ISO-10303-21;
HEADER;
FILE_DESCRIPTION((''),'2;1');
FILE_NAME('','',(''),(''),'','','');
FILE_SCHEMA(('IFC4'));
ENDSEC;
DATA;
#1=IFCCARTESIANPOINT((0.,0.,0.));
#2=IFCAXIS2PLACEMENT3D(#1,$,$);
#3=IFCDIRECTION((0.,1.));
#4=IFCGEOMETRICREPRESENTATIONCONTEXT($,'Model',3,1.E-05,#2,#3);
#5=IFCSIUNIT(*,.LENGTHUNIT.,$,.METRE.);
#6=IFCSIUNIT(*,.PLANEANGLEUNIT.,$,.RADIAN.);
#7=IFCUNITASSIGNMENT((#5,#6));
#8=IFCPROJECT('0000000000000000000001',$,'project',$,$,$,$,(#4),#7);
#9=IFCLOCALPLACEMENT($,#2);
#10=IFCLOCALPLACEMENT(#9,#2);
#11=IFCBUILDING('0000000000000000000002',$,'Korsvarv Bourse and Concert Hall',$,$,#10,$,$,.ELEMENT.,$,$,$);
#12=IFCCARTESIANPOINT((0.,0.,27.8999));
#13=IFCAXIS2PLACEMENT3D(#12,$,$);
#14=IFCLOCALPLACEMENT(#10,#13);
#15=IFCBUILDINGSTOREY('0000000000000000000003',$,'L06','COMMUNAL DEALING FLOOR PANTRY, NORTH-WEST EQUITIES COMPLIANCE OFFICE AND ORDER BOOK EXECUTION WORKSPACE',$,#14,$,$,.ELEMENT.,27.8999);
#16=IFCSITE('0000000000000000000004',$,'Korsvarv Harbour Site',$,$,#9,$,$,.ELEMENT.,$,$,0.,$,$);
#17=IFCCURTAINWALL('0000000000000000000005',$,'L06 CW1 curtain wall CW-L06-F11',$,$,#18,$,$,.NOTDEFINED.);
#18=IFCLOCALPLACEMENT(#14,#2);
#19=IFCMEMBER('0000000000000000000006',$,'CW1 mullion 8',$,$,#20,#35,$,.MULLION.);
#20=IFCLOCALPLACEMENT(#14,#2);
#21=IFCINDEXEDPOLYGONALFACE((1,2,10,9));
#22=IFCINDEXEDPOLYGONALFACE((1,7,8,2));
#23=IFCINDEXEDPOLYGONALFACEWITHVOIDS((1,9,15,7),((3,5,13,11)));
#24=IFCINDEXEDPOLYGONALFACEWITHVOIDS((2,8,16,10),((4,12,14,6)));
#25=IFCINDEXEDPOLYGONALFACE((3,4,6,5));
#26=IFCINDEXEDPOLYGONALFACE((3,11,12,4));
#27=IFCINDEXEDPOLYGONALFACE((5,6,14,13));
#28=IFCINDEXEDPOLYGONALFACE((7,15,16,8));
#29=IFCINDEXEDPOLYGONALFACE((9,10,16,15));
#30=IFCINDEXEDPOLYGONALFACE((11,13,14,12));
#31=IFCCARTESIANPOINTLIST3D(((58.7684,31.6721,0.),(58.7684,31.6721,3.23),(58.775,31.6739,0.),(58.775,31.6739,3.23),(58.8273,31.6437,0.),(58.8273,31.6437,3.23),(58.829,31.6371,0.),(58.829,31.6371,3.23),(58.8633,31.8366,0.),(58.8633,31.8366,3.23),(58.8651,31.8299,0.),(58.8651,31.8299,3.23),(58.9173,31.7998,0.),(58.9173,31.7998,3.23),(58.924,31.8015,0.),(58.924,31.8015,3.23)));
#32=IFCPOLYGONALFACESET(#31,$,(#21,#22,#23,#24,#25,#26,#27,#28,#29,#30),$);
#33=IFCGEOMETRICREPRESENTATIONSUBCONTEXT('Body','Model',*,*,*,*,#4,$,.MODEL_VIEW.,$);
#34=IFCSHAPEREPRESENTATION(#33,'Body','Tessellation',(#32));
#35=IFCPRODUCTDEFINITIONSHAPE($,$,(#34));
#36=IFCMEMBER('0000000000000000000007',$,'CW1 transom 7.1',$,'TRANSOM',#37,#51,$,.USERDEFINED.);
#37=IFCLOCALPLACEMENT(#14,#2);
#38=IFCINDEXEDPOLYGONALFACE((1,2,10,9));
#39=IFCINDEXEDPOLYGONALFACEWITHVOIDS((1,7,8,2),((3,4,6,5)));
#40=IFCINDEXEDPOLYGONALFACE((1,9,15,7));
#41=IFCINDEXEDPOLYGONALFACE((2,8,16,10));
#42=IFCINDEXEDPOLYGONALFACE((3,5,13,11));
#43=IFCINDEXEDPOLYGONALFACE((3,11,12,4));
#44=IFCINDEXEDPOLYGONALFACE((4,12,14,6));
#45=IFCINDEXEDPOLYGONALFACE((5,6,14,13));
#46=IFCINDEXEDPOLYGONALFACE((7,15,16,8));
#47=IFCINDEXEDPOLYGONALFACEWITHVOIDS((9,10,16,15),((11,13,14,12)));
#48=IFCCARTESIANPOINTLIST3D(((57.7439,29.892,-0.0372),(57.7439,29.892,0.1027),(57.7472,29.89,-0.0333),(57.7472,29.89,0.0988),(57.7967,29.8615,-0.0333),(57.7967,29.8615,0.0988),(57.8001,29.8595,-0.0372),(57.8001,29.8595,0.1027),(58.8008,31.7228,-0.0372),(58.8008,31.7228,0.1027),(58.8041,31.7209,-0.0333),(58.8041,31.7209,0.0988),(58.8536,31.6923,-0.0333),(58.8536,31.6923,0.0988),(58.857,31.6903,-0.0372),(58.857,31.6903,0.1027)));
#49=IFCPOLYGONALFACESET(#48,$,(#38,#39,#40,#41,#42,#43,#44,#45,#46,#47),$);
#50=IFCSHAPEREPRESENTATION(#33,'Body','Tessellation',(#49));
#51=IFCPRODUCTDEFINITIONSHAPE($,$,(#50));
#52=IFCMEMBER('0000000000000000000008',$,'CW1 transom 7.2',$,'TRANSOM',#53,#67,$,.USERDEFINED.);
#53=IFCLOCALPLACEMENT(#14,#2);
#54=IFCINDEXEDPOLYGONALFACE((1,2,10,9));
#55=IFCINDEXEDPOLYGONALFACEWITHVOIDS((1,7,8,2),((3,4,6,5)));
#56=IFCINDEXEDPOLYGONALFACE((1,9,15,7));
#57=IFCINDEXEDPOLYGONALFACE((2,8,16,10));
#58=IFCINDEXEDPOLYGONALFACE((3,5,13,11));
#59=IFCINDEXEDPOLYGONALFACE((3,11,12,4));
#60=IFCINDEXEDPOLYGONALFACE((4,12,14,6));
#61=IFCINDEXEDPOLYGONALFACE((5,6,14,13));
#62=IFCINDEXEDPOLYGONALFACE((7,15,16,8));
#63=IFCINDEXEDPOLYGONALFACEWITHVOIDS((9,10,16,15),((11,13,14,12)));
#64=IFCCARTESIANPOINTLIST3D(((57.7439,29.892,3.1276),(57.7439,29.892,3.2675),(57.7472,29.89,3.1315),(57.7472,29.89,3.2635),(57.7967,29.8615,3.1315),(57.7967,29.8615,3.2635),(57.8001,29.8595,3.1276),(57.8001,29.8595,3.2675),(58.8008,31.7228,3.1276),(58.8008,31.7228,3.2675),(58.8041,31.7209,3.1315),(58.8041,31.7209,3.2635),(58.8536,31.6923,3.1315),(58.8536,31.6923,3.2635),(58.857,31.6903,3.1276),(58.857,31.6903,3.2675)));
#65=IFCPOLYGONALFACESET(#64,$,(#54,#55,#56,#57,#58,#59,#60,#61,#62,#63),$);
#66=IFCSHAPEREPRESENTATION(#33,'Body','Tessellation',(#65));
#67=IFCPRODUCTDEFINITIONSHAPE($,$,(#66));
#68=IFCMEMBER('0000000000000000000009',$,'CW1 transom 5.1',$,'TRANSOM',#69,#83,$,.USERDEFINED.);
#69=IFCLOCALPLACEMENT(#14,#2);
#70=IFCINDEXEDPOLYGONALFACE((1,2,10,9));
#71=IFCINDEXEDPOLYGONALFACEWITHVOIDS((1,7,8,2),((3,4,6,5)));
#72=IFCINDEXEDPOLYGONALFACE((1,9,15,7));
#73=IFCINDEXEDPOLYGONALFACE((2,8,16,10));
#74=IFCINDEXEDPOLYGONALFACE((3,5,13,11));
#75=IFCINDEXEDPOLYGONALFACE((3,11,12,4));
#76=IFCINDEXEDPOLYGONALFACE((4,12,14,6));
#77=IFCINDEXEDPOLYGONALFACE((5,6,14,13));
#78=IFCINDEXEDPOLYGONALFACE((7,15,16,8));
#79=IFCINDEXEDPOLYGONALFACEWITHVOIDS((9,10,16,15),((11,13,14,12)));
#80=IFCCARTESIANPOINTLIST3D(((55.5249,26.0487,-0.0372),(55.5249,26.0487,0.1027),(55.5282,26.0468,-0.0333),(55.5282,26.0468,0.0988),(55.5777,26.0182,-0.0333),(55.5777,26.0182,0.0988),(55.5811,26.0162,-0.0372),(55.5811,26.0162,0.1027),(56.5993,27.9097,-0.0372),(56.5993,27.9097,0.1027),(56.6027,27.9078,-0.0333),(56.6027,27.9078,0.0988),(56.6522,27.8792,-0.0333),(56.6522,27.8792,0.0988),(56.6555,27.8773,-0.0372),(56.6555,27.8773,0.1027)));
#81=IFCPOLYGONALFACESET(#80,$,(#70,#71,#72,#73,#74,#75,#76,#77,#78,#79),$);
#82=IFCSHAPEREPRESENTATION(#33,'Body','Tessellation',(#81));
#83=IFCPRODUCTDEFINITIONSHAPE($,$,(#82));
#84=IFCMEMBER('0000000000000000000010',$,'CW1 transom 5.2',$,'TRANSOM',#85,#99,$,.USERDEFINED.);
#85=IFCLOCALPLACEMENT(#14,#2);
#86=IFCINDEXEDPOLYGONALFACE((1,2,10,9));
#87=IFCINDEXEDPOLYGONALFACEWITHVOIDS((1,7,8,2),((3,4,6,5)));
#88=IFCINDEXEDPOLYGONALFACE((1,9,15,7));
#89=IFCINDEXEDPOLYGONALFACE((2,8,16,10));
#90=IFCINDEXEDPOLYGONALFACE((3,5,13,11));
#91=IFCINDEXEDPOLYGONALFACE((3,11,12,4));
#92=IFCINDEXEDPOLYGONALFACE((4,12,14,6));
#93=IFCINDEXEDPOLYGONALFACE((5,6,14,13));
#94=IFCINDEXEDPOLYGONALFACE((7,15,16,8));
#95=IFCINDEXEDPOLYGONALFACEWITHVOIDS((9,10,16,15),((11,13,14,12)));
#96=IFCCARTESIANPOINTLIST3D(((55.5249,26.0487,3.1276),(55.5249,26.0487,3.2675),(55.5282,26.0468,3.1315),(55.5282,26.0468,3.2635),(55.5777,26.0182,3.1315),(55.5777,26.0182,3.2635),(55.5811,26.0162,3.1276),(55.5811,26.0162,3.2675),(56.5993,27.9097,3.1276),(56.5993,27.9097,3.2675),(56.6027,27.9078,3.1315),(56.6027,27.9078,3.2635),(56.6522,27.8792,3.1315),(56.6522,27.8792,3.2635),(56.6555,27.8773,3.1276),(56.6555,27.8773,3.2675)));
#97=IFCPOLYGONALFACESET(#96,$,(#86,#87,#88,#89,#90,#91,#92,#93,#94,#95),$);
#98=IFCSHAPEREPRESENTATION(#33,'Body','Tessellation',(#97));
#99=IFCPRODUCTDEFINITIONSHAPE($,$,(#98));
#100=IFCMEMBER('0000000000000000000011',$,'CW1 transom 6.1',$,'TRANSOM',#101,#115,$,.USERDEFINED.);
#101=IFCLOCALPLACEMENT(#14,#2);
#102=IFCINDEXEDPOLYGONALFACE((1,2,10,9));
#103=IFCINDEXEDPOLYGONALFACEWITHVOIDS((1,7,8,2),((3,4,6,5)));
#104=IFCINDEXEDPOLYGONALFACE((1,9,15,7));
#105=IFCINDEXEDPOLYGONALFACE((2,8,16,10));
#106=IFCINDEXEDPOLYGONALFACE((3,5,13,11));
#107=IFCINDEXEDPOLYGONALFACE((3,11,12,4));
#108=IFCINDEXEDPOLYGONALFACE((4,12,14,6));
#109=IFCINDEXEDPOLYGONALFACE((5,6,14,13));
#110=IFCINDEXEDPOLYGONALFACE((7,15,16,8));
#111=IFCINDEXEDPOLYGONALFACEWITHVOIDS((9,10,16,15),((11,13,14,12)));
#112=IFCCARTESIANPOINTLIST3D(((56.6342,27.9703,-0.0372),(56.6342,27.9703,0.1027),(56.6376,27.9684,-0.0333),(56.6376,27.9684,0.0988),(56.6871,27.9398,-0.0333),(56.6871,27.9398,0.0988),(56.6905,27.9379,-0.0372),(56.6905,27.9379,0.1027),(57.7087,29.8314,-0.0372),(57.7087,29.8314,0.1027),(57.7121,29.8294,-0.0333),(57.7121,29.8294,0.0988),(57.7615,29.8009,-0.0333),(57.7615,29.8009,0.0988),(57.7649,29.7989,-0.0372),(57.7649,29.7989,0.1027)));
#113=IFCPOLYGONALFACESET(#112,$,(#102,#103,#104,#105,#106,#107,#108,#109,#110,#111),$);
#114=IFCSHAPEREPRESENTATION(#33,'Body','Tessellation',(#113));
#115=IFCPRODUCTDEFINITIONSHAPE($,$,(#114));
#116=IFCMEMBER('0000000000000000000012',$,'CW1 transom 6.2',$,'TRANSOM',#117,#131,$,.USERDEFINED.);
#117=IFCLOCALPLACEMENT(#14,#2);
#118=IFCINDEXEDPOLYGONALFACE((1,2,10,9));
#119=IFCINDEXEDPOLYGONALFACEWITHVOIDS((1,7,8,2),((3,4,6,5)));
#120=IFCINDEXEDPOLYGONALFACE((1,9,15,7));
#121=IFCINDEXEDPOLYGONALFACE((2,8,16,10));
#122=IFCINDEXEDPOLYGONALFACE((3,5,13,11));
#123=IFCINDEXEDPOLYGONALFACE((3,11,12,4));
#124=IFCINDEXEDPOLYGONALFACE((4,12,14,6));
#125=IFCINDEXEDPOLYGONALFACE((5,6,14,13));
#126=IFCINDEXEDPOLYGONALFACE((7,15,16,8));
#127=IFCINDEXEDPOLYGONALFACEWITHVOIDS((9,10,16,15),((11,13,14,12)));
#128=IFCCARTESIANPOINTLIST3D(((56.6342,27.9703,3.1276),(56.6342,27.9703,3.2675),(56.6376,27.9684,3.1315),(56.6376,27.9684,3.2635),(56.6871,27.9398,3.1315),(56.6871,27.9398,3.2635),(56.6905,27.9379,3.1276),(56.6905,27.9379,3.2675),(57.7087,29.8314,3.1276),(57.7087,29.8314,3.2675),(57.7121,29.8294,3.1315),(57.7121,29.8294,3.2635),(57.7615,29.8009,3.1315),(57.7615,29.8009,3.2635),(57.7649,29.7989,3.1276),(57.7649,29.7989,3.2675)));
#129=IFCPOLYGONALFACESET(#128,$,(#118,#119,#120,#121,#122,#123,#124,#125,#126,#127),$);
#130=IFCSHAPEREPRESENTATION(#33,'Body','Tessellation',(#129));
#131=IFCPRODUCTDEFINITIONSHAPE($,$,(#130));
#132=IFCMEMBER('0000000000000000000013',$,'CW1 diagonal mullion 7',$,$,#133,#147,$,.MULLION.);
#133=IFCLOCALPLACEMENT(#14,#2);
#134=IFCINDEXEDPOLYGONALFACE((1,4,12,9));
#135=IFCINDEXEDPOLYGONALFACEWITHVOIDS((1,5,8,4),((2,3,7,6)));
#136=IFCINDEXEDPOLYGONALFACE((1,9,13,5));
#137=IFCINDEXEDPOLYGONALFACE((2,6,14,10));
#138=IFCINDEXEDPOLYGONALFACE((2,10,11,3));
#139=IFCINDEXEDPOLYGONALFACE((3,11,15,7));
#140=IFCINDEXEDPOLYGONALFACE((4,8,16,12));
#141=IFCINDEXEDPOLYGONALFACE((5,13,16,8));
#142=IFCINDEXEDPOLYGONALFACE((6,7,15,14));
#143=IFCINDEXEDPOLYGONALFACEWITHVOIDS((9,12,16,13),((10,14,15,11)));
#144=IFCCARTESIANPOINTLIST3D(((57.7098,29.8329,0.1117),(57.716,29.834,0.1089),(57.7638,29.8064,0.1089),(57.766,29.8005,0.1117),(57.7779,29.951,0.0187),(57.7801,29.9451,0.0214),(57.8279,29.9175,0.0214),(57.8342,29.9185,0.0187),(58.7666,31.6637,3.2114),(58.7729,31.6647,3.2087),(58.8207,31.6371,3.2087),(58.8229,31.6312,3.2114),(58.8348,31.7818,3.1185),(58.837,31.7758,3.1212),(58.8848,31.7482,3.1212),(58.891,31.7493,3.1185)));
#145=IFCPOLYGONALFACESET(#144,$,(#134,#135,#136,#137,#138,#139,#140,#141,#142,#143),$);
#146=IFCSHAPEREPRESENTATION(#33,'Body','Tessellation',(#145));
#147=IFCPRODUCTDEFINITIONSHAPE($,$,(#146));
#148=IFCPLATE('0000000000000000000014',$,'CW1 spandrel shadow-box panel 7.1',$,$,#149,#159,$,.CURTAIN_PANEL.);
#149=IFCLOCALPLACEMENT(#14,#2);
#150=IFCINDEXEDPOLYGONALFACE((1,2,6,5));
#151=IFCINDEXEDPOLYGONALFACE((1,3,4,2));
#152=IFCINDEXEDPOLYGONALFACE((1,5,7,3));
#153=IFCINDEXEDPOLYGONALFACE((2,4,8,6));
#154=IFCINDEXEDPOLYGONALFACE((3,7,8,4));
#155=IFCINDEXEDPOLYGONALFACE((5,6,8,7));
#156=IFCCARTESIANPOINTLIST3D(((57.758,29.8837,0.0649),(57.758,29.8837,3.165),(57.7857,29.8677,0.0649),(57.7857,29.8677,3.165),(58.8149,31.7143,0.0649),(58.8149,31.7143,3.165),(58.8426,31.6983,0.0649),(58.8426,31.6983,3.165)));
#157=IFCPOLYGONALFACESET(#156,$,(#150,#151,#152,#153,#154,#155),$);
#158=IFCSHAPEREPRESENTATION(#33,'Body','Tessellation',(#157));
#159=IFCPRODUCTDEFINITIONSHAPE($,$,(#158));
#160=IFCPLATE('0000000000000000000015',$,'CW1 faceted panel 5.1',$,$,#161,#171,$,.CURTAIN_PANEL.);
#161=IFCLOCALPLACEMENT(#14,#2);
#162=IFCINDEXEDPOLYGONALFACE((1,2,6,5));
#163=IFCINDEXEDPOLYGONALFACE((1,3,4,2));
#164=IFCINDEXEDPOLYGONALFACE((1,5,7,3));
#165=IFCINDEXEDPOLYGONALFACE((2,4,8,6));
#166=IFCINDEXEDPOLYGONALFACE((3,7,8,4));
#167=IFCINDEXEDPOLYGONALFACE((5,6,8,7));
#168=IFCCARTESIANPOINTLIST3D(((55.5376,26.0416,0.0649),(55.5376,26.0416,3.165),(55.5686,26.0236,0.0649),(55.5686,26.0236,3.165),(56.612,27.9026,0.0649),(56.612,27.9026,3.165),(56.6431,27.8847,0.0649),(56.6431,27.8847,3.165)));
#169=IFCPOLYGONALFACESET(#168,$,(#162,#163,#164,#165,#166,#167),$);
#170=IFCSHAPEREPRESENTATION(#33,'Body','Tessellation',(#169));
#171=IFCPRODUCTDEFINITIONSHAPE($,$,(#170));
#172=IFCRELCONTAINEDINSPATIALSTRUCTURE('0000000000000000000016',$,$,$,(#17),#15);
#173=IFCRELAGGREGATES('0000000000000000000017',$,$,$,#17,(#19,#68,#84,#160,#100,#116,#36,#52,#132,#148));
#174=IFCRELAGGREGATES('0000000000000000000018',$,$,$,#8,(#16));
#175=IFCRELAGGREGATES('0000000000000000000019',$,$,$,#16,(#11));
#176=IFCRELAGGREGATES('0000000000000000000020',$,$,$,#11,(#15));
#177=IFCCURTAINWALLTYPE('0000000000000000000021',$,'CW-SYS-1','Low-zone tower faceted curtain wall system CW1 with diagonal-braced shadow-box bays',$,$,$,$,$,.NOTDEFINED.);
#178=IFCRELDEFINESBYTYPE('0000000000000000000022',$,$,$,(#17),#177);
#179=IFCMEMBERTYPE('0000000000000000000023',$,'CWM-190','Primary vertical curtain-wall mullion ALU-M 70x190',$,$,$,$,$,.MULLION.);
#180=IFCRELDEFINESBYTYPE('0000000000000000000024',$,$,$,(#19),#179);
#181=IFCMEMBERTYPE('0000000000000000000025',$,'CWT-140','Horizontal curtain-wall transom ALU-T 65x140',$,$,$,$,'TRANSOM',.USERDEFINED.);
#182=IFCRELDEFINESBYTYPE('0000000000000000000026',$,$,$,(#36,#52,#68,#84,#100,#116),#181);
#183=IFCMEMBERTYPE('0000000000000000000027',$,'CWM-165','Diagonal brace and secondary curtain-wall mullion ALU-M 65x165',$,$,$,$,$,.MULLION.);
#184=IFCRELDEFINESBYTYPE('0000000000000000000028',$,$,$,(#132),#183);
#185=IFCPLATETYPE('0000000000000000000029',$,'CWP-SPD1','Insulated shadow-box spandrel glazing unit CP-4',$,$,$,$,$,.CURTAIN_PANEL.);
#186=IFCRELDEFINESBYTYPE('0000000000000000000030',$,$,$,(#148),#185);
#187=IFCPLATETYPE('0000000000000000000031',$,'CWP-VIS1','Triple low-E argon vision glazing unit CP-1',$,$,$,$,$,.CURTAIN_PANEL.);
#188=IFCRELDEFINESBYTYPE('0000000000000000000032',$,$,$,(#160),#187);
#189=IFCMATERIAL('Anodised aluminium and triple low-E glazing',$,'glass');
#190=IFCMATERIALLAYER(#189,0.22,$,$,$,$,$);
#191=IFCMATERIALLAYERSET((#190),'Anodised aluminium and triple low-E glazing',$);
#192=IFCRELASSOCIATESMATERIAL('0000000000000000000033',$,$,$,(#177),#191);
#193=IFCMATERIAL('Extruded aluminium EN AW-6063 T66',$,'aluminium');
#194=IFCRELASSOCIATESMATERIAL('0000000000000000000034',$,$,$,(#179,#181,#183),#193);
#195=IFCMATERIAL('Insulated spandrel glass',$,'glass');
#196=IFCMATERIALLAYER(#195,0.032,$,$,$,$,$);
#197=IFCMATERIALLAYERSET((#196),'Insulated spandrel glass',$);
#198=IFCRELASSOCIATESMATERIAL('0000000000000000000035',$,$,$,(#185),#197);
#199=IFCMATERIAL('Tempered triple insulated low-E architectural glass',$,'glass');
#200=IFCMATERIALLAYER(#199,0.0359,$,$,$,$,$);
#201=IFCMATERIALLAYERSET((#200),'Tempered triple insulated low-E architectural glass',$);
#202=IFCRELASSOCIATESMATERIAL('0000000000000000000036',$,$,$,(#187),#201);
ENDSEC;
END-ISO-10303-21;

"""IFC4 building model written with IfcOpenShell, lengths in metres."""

from ifc_helpers import new_model, si_unit, direction, frame, origin, origin_2d, place, context, subcontext, project, spatial, rectangle, hollow_rectangle, extrude, source, transform, mapped, material, layer, layer_set, material_profile, profile_set, type_object, element, aggregate, save


model = new_model("IFC4")

# Units and contexts
model_context = context("Model", 3, precision=1e-05, world=origin(), true_north=direction((0.0, 1.0)))
body_context = subcontext(model_context, "Body", "Model", "MODEL_VIEW")
ifc_project = project(units=[si_unit("LENGTHUNIT", "METRE"), si_unit("PLANEANGLEUNIT", "RADIAN")], contexts=[model_context])

# Site, building, storey
site_placement = place(None, origin())
site = spatial("IfcSite", under=ifc_project, at=site_placement, Name="Korsvarv Harbour Site", CompositionType="ELEMENT", RefElevation=0.0)
building_placement = place(site_placement, origin())
building = spatial("IfcBuilding", under=site, at=building_placement, Name="Korsvarv Bourse and Concert Hall", CompositionType="ELEMENT")
storey_placement = place(building_placement, frame((0.0, 0.0, 27.8999)))
storey = spatial("IfcBuildingStorey", under=building, at=storey_placement, Name="L06", Description="COMMUNAL DEALING FLOOR PANTRY, NORTH-WEST EQUITIES COMPLIANCE OFFICE AND ORDER BOOK EXECUTION WORKSPACE", CompositionType="ELEMENT", Elevation=27.8999)

# Curtain wall, members, plates
ifc_material_1 = material(Name="Anodised aluminium and triple low-E glazing", Category="glass")
ifc_layer_1 = layer(ifc_material_1, 0.22)
ifc_layer_set_1 = layer_set([ifc_layer_1], Name="Anodised aluminium and triple low-E glazing")
curtain_wall_type = type_object("IfcCurtainWallType", Name="CW-SYS-1", Description="Low-zone tower faceted curtain wall system CW1 with diagonal-braced shadow-box bays", PredefinedType="NOTDEFINED", material=ifc_layer_set_1)
curtain_wall_placement = place(storey_placement, origin())
curtain_wall = element("IfcCurtainWall", 1, at=curtain_wall_placement, inside=storey, type_object=curtain_wall_type, Name="L06 CW1 curtain wall CW-L06-F11", PredefinedType="NOTDEFINED")
ifc_material_2 = material(Name="Extruded aluminium EN AW-6063 T66", Category="aluminium")
ifc_material_profile_1 = material_profile(ifc_material_2, hollow_rectangle(XDim=0.0701, YDim=0.1899, WallThickness=0.0049, at=origin_2d()), Name="ALU-M 70x190")
ifc_profile_set_1 = profile_set([ifc_material_profile_1], Name="Extruded aluminium EN AW-6063 T66")
member_type_1 = type_object("IfcMemberType", Name="CWM-190", Description="Primary vertical curtain-wall mullion ALU-M 70x190", PredefinedType="MULLION", material=ifc_profile_set_1)
shared_shape_1 = source(origin(), body_context, "Body", "SweptSolid", [
    extrude(hollow_rectangle(XDim=0.0701, YDim=0.1899, WallThickness=0.0049, at=origin_2d()), origin(), (0.0, 0.0, 1.0), 3.23),
])
member_1_placement = place(storey_placement, frame((58.8462, 31.7368, 0.0), z_axis=(0.0, 0.0, 1.0), x_axis=(-0.866029, 0.499995, 0.0)))
member_1 = element("IfcMember", 2, at=member_1_placement, type_object=member_type_1, Name="CW1 mullion 8", PredefinedType="MULLION", context=body_context, shape_type="MappedRepresentation", body=[
    mapped(shared_shape_1, transform((0.0, 0.0, 0.0), scale=1.0)),
])
ifc_material_profile_2 = material_profile(ifc_material_2, hollow_rectangle(XDim=0.0649, YDim=0.1399, WallThickness=0.0039, at=origin_2d()), Name="ALU-T 65x140")
ifc_profile_set_2 = profile_set([ifc_material_profile_2], Name="Extruded aluminium EN AW-6063 T66")
member_type_2 = type_object("IfcMemberType", Name="CWT-140", Description="Horizontal curtain-wall transom ALU-T 65x140", ElementType="TRANSOM", PredefinedType="USERDEFINED", material=ifc_profile_set_2)
shared_shape_2 = source(origin(), body_context, "Body", "SweptSolid", [
    extrude(hollow_rectangle(XDim=0.0649, YDim=0.1399, WallThickness=0.0039, at=origin_2d()), origin(), (0.0, 0.0, 1.0), 2.114),
])
member_2_placement = place(storey_placement, frame((57.772, 29.8757, 0.0327), z_axis=(0.499952, 0.866053, 0.0), x_axis=(-0.866053, 0.499952, 0.0)))
member_2 = element("IfcMember", 3, at=member_2_placement, type_object=member_type_2, Name="CW1 transom 7.1", ObjectType="TRANSOM", PredefinedType="USERDEFINED", context=body_context, shape_type="MappedRepresentation", body=[
    mapped(shared_shape_2, transform((0.0, 0.0, 0.0), scale=1.0)),
])
member_3_placement = place(storey_placement, frame((57.772, 29.8757, 3.1975), z_axis=(0.499952, 0.866053, 0.0), x_axis=(-0.866053, 0.499952, 0.0)))
member_3 = element("IfcMember", 4, at=member_3_placement, type_object=member_type_2, Name="CW1 transom 7.2", ObjectType="TRANSOM", PredefinedType="USERDEFINED", context=body_context, shape_type="MappedRepresentation", body=[
    mapped(shared_shape_2, transform((0.0, 0.0, 0.0), scale=1.0)),
])
shared_shape_3 = source(origin(), body_context, "Body", "SweptSolid", [
    extrude(hollow_rectangle(XDim=0.0649, YDim=0.1399, WallThickness=0.0039, at=origin_2d()), origin(), (0.0, 0.0, 1.0), 2.1489),
])
member_4_placement = place(storey_placement, frame((55.553, 26.0325, 0.0327), z_axis=(0.499988, 0.866032, 0.0), x_axis=(-0.866032, 0.499988, 0.0)))
member_4 = element("IfcMember", 5, at=member_4_placement, type_object=member_type_2, Name="CW1 transom 5.1", ObjectType="TRANSOM", PredefinedType="USERDEFINED", context=body_context, shape_type="MappedRepresentation", body=[
    mapped(shared_shape_3, transform((0.0, 0.0, 0.0), scale=1.0)),
])
member_5_placement = place(storey_placement, frame((55.553, 26.0325, 3.1975), z_axis=(0.499988, 0.866032, 0.0), x_axis=(-0.866032, 0.499988, 0.0)))
member_5 = element("IfcMember", 6, at=member_5_placement, type_object=member_type_2, Name="CW1 transom 5.2", ObjectType="TRANSOM", PredefinedType="USERDEFINED", context=body_context, shape_type="MappedRepresentation", body=[
    mapped(shared_shape_3, transform((0.0, 0.0, 0.0), scale=1.0)),
])
member_6_placement = place(storey_placement, frame((56.6624, 27.9541, 0.0327), z_axis=(0.499988, 0.866032, 0.0), x_axis=(-0.866032, 0.499988, 0.0)))
member_6 = element("IfcMember", 7, at=member_6_placement, type_object=member_type_2, Name="CW1 transom 6.1", ObjectType="TRANSOM", PredefinedType="USERDEFINED", context=body_context, shape_type="MappedRepresentation", body=[
    mapped(shared_shape_3, transform((0.0, 0.0, 0.0), scale=1.0)),
])
member_7_placement = place(storey_placement, frame((56.6624, 27.9541, 3.1975), z_axis=(0.499988, 0.866032, 0.0), x_axis=(-0.866032, 0.499988, 0.0)))
member_7 = element("IfcMember", 8, at=member_7_placement, type_object=member_type_2, Name="CW1 transom 6.2", ObjectType="TRANSOM", PredefinedType="USERDEFINED", context=body_context, shape_type="MappedRepresentation", body=[
    mapped(shared_shape_3, transform((0.0, 0.0, 0.0), scale=1.0)),
])
ifc_material_profile_3 = material_profile(ifc_material_2, hollow_rectangle(XDim=0.0649, YDim=0.165, WallThickness=0.0049, at=origin_2d()), Name="ALU-M 65x165")
ifc_profile_set_3 = profile_set([ifc_material_profile_3], Name="Extruded aluminium EN AW-6063 T66")
member_type_3 = type_object("IfcMemberType", Name="CWM-165", Description="Diagonal brace and secondary curtain-wall mullion ALU-M 65x165", PredefinedType="MULLION", material=ifc_profile_set_3)
shared_shape_4 = source(origin(), body_context, "Body", "SweptSolid", [
    extrude(hollow_rectangle(XDim=0.0649, YDim=0.165, WallThickness=0.0049, at=origin_2d()), origin(), (0.0, 0.0, 1.0), 3.752),
])
member_8_placement = place(storey_placement, frame((57.772, 29.8757, 0.0652), z_axis=(0.281681, 0.487948, 0.826173), x_axis=(-0.866053, 0.499952, 0.0)))
member_8 = element("IfcMember", 9, at=member_8_placement, type_object=member_type_3, Name="CW1 diagonal mullion 7", PredefinedType="MULLION", context=body_context, shape_type="MappedRepresentation", body=[
    mapped(shared_shape_4, transform((0.0, 0.0, 0.0), scale=1.0)),
])
ifc_material_3 = material(Name="Insulated spandrel glass", Category="glass")
ifc_layer_2 = layer(ifc_material_3, 0.032)
ifc_layer_set_2 = layer_set([ifc_layer_2], Name="Insulated spandrel glass")
plate_type_1 = type_object("IfcPlateType", Name="CWP-SPD1", Description="Insulated shadow-box spandrel glazing unit CP-4", PredefinedType="CURTAIN_PANEL", material=ifc_layer_set_2)
shared_shape_5 = source(origin(), body_context, "Body", "SweptSolid", [
    extrude(rectangle(XDim=2.1138, YDim=0.032, at=origin_2d()), origin(), (0.0, 0.0, 1.0), 3.1001),
])
plate_1_placement = place(storey_placement, frame((58.3003, 30.791, 0.0649), z_axis=(0.0, 0.0, 1.0), x_axis=(0.499995, 0.866029, 0.0)))
plate_1 = element("IfcPlate", 10, at=plate_1_placement, type_object=plate_type_1, Name="CW1 spandrel shadow-box panel 7.1", PredefinedType="CURTAIN_PANEL", context=body_context, shape_type="MappedRepresentation", body=[
    mapped(shared_shape_5, transform((0.0, 0.0, 0.0), scale=1.0)),
])
ifc_material_4 = material(Name="Tempered triple insulated low-E architectural glass", Category="glass")
ifc_layer_3 = layer(ifc_material_4, 0.0359)
ifc_layer_set_3 = layer_set([ifc_layer_3], Name="Tempered triple insulated low-E architectural glass")
plate_type_2 = type_object("IfcPlateType", Name="CWP-VIS1", Description="Triple low-E argon vision glazing unit CP-1", PredefinedType="CURTAIN_PANEL", material=ifc_layer_set_3)
shared_shape_6 = source(origin(), body_context, "Body", "SweptSolid", [
    extrude(rectangle(XDim=2.1489, YDim=0.0359, at=origin_2d()), origin(), (0.0, 0.0, 1.0), 3.1001),
])
plate_2_placement = place(storey_placement, frame((56.0903, 26.9631, 0.0649), z_axis=(0.0, 0.0, 1.0), x_axis=(0.499995, 0.866029, 0.0)))
plate_2 = element("IfcPlate", 11, at=plate_2_placement, type_object=plate_type_2, Name="CW1 faceted panel 5.1", PredefinedType="CURTAIN_PANEL", context=body_context, shape_type="MappedRepresentation", body=[
    mapped(shared_shape_6, transform((0.0, 0.0, 0.0), scale=1.0)),
])
aggregate(curtain_wall, [member_1, member_4, member_5, plate_2, member_6, member_7, member_2, member_3, member_8, plate_1])

save(model, "model.ifc")
